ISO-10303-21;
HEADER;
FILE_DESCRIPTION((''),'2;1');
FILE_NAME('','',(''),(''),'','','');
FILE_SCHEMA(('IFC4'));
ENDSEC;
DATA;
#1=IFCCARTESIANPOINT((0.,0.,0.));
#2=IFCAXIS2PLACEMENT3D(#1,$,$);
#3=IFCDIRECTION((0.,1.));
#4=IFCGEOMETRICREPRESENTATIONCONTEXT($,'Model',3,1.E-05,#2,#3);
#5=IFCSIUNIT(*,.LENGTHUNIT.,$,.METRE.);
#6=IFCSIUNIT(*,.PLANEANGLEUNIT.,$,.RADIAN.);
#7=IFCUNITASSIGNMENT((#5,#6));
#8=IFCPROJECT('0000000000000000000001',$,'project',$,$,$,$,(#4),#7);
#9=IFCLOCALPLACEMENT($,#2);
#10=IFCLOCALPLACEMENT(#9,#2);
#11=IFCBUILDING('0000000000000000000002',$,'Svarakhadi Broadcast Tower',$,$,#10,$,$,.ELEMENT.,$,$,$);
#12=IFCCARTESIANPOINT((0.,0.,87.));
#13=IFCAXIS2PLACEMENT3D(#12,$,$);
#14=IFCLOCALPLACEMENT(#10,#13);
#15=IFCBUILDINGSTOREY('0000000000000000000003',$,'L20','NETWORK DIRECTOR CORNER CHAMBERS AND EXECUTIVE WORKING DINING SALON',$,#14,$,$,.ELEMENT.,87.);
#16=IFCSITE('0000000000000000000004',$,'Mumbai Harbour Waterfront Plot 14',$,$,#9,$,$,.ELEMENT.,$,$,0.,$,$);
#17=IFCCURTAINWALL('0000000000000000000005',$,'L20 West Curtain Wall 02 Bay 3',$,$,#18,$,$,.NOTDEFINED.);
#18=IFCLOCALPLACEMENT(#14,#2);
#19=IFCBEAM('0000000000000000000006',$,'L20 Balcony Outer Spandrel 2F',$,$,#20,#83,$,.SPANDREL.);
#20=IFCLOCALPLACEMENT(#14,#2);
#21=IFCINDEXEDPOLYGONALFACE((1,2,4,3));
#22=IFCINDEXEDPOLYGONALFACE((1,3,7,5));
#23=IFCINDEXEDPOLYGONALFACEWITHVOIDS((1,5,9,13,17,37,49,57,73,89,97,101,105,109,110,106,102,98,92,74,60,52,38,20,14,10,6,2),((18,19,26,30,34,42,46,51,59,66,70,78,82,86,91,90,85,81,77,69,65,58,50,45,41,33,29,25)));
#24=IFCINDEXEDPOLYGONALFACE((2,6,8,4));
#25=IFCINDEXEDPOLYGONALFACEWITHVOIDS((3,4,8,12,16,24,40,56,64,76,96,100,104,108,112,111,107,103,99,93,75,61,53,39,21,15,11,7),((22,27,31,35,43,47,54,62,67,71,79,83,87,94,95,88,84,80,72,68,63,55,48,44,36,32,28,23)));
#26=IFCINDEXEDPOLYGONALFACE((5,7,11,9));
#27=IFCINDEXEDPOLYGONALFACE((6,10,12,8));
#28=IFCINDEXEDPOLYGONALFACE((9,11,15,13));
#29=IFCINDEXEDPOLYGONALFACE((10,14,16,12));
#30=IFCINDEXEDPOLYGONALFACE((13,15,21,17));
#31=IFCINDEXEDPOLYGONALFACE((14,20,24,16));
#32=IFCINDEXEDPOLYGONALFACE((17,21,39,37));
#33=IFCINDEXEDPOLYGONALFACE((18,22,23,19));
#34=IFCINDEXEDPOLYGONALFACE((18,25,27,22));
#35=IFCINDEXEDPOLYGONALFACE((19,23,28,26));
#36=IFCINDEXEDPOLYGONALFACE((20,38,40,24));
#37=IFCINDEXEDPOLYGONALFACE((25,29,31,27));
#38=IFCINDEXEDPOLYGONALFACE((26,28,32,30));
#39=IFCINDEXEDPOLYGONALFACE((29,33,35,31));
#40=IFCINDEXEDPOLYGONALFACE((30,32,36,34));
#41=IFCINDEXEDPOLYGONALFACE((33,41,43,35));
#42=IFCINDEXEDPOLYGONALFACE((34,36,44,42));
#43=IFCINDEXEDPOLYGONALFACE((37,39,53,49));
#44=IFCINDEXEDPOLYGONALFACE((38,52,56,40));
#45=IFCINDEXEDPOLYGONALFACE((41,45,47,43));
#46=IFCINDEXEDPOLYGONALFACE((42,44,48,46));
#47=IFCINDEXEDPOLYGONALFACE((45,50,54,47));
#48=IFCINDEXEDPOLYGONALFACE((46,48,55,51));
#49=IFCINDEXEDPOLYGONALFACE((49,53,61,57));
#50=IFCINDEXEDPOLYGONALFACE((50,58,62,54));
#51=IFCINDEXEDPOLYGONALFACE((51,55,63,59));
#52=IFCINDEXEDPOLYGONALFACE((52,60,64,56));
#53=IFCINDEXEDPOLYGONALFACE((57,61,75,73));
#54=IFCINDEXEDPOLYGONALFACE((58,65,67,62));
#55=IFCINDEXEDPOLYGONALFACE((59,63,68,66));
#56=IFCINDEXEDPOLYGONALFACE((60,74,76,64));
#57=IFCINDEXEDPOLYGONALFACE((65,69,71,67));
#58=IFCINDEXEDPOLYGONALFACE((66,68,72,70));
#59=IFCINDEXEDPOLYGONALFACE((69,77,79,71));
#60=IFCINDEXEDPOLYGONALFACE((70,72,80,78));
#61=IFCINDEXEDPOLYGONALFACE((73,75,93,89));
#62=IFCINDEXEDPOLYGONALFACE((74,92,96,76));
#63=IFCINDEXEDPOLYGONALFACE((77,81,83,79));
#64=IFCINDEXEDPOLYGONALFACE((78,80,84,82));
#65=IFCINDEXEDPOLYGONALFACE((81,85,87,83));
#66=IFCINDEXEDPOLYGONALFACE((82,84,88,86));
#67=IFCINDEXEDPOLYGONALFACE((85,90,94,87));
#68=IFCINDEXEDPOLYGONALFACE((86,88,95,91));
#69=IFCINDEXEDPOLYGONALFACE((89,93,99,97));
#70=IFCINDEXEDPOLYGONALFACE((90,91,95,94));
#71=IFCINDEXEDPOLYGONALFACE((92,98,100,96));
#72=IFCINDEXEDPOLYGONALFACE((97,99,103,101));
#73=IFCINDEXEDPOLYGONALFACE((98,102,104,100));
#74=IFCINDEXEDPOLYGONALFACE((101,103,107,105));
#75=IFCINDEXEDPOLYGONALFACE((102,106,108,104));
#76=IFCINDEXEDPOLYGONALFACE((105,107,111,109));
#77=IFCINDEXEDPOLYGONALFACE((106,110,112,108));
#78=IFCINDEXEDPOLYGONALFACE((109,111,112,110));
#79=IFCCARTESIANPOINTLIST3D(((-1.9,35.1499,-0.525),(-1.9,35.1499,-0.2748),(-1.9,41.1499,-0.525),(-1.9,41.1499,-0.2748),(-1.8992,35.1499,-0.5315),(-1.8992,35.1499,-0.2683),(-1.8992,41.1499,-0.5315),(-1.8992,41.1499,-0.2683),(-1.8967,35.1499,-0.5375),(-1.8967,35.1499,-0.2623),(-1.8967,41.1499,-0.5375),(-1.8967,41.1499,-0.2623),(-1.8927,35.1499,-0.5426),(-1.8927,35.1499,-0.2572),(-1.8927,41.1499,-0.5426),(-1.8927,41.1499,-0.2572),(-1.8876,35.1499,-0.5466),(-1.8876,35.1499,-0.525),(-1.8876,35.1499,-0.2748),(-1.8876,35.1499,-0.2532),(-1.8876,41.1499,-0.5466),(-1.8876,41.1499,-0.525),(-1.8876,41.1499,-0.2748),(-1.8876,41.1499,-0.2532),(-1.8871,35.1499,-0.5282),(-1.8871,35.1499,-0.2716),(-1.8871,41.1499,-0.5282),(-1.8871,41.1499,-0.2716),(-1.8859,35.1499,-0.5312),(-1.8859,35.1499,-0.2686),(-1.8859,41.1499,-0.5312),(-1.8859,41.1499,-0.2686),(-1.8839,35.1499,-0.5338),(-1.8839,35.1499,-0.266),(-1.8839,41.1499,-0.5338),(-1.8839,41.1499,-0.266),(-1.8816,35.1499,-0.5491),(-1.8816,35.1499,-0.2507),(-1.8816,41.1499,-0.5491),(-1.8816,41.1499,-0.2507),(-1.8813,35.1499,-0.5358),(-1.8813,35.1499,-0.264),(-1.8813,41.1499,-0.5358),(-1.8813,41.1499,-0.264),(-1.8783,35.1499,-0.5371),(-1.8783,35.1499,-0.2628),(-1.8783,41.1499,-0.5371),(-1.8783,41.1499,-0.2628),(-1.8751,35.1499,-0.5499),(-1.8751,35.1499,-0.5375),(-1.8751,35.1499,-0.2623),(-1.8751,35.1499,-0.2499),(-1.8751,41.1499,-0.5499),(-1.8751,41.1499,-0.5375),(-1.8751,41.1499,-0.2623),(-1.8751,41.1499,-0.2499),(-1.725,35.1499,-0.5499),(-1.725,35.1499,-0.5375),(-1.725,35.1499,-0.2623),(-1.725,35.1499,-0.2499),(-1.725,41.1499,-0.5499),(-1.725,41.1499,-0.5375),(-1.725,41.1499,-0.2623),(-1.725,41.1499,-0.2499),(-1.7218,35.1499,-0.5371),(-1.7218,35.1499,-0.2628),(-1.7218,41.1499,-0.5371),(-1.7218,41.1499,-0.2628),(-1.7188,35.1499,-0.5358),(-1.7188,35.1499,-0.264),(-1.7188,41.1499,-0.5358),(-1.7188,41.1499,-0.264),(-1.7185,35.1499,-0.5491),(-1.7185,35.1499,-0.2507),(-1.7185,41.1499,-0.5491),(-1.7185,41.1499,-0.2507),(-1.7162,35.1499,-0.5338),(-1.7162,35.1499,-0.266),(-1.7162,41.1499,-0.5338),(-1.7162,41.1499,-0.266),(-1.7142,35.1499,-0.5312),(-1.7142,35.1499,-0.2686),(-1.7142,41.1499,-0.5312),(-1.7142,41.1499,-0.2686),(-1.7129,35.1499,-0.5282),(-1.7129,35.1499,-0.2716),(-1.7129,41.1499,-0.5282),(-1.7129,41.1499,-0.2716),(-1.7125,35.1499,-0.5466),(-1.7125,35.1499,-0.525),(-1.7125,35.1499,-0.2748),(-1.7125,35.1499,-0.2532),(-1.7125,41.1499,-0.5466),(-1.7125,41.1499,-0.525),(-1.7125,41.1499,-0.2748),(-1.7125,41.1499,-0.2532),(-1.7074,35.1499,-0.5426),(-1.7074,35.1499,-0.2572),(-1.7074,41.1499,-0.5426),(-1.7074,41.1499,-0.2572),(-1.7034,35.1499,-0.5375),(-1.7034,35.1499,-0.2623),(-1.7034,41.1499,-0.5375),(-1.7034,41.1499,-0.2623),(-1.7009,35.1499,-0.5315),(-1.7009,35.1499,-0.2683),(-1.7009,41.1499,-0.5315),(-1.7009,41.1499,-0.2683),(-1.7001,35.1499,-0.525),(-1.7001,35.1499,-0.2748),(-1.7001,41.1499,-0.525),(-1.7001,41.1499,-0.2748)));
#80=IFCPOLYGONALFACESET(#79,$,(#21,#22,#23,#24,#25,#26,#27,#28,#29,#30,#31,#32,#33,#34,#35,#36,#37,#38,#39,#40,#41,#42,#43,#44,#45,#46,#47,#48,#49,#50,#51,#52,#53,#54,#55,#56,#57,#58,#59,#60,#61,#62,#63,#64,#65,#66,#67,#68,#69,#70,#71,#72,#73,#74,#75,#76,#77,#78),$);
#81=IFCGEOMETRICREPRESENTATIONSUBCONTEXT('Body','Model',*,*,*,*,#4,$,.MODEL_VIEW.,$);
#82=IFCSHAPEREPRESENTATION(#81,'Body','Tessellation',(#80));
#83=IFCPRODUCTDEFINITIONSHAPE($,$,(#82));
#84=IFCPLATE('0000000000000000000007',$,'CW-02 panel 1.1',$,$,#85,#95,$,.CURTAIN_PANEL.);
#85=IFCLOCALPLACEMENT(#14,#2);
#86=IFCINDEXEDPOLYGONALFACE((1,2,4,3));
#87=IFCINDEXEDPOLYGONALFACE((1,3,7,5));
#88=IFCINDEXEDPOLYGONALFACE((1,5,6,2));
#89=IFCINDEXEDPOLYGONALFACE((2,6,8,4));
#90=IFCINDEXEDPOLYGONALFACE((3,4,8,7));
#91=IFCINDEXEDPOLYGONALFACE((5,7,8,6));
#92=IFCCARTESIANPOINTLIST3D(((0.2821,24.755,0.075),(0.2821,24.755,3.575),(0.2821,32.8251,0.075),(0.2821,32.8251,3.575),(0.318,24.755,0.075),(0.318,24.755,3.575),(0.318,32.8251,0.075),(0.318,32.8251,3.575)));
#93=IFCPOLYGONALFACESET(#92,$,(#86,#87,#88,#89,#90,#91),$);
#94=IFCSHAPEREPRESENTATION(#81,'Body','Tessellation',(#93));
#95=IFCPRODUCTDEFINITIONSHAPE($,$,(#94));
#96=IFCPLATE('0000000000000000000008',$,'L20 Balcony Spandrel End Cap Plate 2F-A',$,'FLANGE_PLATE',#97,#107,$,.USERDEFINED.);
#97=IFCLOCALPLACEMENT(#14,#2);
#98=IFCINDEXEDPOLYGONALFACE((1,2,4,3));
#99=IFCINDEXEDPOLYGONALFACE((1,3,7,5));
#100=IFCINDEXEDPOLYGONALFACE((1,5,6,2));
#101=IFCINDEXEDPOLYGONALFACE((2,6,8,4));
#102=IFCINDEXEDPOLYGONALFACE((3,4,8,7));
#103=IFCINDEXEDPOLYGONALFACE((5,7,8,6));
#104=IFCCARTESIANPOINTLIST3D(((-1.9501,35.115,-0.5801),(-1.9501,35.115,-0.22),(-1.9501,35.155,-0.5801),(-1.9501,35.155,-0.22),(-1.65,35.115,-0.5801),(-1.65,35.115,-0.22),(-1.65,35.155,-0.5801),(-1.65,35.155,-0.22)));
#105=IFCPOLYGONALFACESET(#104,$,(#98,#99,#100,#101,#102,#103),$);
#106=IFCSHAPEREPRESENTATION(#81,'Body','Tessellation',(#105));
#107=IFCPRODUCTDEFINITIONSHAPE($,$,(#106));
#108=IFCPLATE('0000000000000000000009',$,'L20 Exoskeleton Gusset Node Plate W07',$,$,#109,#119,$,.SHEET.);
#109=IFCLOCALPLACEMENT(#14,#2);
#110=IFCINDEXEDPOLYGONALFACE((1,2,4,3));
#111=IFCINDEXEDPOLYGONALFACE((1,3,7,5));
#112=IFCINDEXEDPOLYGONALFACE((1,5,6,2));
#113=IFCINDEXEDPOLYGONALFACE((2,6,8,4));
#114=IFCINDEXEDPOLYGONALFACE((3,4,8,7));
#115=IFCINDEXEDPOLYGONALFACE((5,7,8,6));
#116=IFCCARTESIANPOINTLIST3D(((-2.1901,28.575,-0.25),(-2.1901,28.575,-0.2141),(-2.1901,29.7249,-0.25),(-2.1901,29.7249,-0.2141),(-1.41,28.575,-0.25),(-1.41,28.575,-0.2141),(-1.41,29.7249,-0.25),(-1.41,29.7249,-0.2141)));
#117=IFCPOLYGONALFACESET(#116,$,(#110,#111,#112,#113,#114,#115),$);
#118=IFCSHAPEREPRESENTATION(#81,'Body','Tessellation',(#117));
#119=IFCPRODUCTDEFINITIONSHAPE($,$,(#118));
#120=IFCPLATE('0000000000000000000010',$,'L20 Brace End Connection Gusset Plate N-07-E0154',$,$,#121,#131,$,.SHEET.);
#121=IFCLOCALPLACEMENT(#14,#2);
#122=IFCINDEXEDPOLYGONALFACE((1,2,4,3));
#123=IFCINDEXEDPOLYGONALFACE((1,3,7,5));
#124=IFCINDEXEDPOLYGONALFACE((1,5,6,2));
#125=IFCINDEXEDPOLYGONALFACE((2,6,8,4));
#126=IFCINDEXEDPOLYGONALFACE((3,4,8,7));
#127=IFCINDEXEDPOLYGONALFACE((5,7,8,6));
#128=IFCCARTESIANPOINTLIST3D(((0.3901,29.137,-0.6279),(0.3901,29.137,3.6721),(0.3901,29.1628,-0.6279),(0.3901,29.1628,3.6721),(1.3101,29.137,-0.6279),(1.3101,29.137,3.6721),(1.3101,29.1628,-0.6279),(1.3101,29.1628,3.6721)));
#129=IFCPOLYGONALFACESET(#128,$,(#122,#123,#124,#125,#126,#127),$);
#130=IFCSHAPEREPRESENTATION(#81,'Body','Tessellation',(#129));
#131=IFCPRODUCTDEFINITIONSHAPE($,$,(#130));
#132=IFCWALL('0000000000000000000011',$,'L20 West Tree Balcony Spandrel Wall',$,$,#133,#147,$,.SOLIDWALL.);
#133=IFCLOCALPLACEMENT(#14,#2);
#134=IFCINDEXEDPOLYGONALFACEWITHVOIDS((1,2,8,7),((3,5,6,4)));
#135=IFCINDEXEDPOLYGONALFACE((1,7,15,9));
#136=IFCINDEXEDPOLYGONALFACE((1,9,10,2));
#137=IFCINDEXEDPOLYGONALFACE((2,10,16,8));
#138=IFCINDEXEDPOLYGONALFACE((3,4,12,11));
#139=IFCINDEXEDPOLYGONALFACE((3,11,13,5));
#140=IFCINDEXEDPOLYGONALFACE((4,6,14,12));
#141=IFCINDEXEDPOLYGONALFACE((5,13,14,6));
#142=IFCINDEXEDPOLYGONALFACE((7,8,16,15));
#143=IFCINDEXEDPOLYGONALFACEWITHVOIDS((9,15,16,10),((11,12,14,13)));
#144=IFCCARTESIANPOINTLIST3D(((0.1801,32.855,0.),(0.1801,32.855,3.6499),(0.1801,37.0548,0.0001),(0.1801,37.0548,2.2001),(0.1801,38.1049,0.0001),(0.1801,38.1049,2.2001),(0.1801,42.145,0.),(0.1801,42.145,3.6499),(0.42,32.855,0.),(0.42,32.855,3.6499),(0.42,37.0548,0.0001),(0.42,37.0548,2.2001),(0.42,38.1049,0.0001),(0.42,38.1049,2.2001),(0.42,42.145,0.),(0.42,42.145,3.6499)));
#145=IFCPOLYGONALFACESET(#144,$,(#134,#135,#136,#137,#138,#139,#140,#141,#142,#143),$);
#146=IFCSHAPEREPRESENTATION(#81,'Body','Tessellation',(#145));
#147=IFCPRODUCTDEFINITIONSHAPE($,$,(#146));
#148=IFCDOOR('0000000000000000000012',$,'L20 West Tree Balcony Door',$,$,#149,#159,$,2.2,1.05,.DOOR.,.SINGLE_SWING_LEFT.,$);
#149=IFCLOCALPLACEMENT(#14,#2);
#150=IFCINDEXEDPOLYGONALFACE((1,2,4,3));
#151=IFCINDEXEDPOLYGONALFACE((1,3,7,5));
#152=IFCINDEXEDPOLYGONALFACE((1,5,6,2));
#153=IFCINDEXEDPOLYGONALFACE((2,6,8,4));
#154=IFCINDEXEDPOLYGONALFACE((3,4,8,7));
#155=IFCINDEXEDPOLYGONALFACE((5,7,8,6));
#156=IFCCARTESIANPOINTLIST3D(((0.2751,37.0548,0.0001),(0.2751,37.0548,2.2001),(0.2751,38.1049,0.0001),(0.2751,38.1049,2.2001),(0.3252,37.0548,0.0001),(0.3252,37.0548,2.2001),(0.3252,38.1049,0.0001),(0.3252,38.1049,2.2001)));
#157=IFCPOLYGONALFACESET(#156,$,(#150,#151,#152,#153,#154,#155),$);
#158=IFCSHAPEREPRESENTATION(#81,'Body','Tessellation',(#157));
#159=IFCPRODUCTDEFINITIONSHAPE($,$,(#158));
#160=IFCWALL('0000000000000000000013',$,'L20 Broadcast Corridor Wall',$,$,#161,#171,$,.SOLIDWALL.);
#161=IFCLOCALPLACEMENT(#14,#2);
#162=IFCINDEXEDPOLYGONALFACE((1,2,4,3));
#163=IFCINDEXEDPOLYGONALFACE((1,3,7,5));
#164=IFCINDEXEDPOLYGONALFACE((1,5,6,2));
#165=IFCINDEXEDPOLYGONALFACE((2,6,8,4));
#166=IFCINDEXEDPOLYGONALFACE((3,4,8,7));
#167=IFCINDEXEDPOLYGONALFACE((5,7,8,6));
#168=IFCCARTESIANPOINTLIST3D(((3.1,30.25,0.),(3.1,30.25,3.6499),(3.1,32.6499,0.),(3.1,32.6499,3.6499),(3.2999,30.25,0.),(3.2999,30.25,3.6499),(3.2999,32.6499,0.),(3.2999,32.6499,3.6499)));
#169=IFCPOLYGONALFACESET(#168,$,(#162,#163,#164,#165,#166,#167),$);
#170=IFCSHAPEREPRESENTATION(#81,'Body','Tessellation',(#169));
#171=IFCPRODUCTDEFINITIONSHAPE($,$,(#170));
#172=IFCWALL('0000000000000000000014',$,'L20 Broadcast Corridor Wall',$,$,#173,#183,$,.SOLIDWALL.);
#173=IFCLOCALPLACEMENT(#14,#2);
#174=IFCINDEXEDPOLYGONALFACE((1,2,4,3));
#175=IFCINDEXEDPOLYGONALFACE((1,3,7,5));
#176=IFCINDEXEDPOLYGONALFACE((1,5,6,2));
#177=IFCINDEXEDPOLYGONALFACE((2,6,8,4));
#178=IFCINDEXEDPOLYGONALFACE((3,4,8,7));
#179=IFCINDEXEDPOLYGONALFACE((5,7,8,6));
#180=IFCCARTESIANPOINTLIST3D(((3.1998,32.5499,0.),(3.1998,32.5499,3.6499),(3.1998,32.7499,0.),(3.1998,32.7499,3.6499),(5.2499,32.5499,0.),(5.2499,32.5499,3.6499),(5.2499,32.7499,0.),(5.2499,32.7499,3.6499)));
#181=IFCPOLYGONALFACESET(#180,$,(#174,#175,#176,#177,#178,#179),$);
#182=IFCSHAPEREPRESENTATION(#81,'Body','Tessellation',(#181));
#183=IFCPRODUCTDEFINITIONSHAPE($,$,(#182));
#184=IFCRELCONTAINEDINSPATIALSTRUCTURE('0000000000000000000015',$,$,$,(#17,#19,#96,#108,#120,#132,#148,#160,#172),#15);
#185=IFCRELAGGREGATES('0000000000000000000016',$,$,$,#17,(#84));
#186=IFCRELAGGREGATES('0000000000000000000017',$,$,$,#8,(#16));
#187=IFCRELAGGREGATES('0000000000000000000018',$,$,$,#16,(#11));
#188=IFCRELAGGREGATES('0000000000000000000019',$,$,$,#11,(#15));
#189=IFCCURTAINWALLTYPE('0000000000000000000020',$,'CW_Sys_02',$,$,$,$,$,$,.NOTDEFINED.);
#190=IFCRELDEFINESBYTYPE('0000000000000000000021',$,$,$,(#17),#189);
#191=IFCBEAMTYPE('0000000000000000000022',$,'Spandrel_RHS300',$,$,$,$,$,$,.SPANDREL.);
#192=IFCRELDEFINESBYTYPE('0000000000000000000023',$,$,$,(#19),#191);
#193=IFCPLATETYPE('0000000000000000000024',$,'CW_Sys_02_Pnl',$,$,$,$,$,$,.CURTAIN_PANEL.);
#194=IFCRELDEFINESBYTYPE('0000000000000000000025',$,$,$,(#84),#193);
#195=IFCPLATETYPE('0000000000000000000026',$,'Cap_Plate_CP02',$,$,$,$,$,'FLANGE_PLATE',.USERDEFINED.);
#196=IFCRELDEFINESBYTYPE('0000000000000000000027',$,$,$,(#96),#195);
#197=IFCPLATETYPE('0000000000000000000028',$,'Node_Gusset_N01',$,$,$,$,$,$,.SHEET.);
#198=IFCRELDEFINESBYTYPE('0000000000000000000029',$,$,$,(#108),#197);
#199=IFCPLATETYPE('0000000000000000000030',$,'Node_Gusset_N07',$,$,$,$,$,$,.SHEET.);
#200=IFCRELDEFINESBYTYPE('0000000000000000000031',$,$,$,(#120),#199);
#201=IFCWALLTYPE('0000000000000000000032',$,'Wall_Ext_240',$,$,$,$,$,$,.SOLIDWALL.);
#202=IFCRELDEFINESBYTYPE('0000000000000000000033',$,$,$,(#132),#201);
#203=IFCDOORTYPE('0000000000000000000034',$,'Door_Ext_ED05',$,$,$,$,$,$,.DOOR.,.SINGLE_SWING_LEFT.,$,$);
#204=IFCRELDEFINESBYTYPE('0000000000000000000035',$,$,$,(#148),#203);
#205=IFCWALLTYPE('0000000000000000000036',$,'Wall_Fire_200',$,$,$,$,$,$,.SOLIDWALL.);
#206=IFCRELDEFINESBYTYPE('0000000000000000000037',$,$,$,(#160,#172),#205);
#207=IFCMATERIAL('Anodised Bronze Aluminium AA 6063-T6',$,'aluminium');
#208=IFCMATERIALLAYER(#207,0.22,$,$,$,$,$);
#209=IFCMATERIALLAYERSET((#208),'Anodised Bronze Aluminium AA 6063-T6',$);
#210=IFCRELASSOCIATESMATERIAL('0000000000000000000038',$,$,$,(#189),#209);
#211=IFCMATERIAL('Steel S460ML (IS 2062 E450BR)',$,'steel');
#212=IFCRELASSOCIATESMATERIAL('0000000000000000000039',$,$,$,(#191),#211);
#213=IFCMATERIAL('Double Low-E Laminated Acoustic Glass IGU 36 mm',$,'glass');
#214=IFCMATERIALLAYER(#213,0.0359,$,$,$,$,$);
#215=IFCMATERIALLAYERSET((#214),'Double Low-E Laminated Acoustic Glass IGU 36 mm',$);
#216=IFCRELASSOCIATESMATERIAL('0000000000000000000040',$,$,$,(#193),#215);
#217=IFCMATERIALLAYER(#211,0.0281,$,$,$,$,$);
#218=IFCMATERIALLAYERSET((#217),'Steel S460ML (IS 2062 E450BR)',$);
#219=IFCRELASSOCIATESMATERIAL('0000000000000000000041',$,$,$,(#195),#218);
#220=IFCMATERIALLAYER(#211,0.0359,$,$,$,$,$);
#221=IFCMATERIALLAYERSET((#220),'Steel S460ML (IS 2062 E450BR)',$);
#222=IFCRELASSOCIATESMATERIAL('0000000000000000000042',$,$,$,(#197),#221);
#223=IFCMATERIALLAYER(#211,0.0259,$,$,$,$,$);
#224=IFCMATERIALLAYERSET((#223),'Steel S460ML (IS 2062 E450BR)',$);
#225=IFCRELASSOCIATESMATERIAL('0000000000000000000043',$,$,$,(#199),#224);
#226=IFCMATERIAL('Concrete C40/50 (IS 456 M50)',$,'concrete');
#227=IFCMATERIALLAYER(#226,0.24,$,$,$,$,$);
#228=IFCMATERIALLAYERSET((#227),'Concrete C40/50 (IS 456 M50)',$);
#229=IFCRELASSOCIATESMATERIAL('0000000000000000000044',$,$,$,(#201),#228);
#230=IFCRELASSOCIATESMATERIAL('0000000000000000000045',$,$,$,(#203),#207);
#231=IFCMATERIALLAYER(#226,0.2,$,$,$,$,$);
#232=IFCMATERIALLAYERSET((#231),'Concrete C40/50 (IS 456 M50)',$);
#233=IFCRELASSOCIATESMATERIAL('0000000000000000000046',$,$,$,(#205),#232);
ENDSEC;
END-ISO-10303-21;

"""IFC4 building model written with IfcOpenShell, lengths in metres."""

from ifc_helpers import new_model, si_unit, direction, frame, frame_2d, origin, origin_2d, place, context, subcontext, project, spatial, rectangle, hollow_rectangle, extrude, material, layer, layer_set, material_profile, profile_set, type_object, element, fill, aggregate, save


model = new_model("IFC4")

# Units and contexts
model_context = context("Model", 3, precision=1e-05, world=origin(), true_north=direction((0.0, 1.0)))
body_context = subcontext(model_context, "Body", "Model", "MODEL_VIEW")
ifc_project = project(units=[si_unit("LENGTHUNIT", "METRE"), si_unit("PLANEANGLEUNIT", "RADIAN")], contexts=[model_context])

# Site, building, storey
site_placement = place(None, origin())
site = spatial("IfcSite", under=ifc_project, at=site_placement, Name="Mumbai Harbour Waterfront Plot 14", CompositionType="ELEMENT", RefElevation=0.0)
building_placement = place(site_placement, origin())
building = spatial("IfcBuilding", under=site, at=building_placement, Name="Svarakhadi Broadcast Tower", CompositionType="ELEMENT")
storey_placement = place(building_placement, frame((0.0, 0.0, 87.0)))
storey = spatial("IfcBuildingStorey", under=building, at=storey_placement, Name="L20", Description="NETWORK DIRECTOR CORNER CHAMBERS AND EXECUTIVE WORKING DINING SALON", CompositionType="ELEMENT", Elevation=87.0)

# Shared definitions
ifc_material_1 = material(Name="Steel S460ML (IS 2062 E450BR)", Category="steel")

# Curtain wall
ifc_material_2 = material(Name="Anodised Bronze Aluminium AA 6063-T6", Category="aluminium")
ifc_layer_1 = layer(ifc_material_2, 0.22)
ifc_layer_set_1 = layer_set([ifc_layer_1], Name="Anodised Bronze Aluminium AA 6063-T6")
curtain_wall_type = type_object("IfcCurtainWallType", Name="CW_Sys_02", PredefinedType="NOTDEFINED", material=ifc_layer_set_1)
curtain_wall_placement = place(storey_placement, origin())
curtain_wall = element("IfcCurtainWall", 1, at=curtain_wall_placement, inside=storey, type_object=curtain_wall_type, Name="L20 West Curtain Wall 02 Bay 3", PredefinedType="NOTDEFINED")

# Beam
ifc_material_profile_1 = material_profile(ifc_material_1, hollow_rectangle(XDim=0.2, YDim=0.3, WallThickness=0.0125, InnerFilletRadius=0.0125, OuterFilletRadius=0.0249, at=origin_2d()), Name="RHS 300x200x12.5")
ifc_profile_set_1 = profile_set([ifc_material_profile_1], Name="Steel S460ML (IS 2062 E450BR)")
beam_type_1 = type_object("IfcBeamType", Name="Spandrel_RHS300", PredefinedType="SPANDREL", material=ifc_profile_set_1)
beam_1_placement = place(storey_placement, frame((-1.8, 35.1499, -0.3999), z_axis=(0.0, 1.0, 0.0), x_axis=(-1.0, 0.0, 0.0)))
element("IfcBeam", 2, at=beam_1_placement, inside=storey, type_object=beam_type_1, Name="L20 Balcony Outer Spandrel 2F", PredefinedType="SPANDREL", context=body_context, shape_type="SweptSolid", body=[
    extrude(hollow_rectangle(XDim=0.2, YDim=0.3, WallThickness=0.0125, InnerFilletRadius=0.0125, OuterFilletRadius=0.0249, at=origin_2d()), origin(), (0.0, 0.0, 1.0), 6.0),
])

# Plate
ifc_material_3 = material(Name="Double Low-E Laminated Acoustic Glass IGU 36 mm", Category="glass")
ifc_layer_2 = layer(ifc_material_3, 0.0359)
ifc_layer_set_2 = layer_set([ifc_layer_2], Name="Double Low-E Laminated Acoustic Glass IGU 36 mm")
plate_type_1 = type_object("IfcPlateType", Name="CW_Sys_02_Pnl", PredefinedType="CURTAIN_PANEL", material=ifc_layer_set_2)
plate_1_placement = place(storey_placement, frame((0.3, 28.79, 0.075), z_axis=(0.0, 0.0, 1.0), x_axis=(0.0, 1.0, 0.0)))
plate_1 = element("IfcPlate", 3, at=plate_1_placement, type_object=plate_type_1, Name="CW-02 panel 1.1", PredefinedType="CURTAIN_PANEL", context=body_context, shape_type="SweptSolid", body=[
    extrude(rectangle(XDim=8.0701, YDim=0.0359, at=origin_2d()), origin(), (0.0, 0.0, 1.0), 3.5),
])
aggregate(curtain_wall, [plate_1])

# Plates
ifc_layer_3 = layer(ifc_material_1, 0.0281)
ifc_layer_set_3 = layer_set([ifc_layer_3], Name="Steel S460ML (IS 2062 E450BR)")
plate_type_2 = type_object("IfcPlateType", Name="Cap_Plate_CP02", ElementType="FLANGE_PLATE", PredefinedType="USERDEFINED", material=ifc_layer_set_3)
plate_2_placement = place(storey_placement, frame((-1.8, 35.135, -0.5801), z_axis=(0.0, 0.0, 1.0), x_axis=(1.0, 0.0, 0.0)))
element("IfcPlate", 4, at=plate_2_placement, inside=storey, type_object=plate_type_2, Name="L20 Balcony Spandrel End Cap Plate 2F-A", ObjectType="FLANGE_PLATE", PredefinedType="USERDEFINED", context=body_context, shape_type="SweptSolid", body=[
    extrude(rectangle(XDim=0.3, YDim=0.04, at=origin_2d()), origin(), (0.0, 0.0, 1.0), 0.3601),
])
ifc_layer_4 = layer(ifc_material_1, 0.0359)
ifc_layer_set_4 = layer_set([ifc_layer_4], Name="Steel S460ML (IS 2062 E450BR)")
plate_type_3 = type_object("IfcPlateType", Name="Node_Gusset_N01", PredefinedType="SHEET", material=ifc_layer_set_4)
plate_3_placement = place(storey_placement, frame((-1.8, 29.1499, -0.25), z_axis=(0.0, 0.0, 1.0), x_axis=(0.0, 1.0, 0.0)))
element("IfcPlate", 5, at=plate_3_placement, inside=storey, type_object=plate_type_3, Name="L20 Exoskeleton Gusset Node Plate W07", PredefinedType="SHEET", context=body_context, shape_type="SweptSolid", body=[
    extrude(rectangle(XDim=1.1499, YDim=0.78, at=origin_2d()), origin(), (0.0, 0.0, 1.0), 0.0359),
])
ifc_layer_5 = layer(ifc_material_1, 0.0259)
ifc_layer_set_5 = layer_set([ifc_layer_5], Name="Steel S460ML (IS 2062 E450BR)")
plate_type_4 = type_object("IfcPlateType", Name="Node_Gusset_N07", PredefinedType="SHEET", material=ifc_layer_set_5)
plate_4_placement = place(storey_placement, frame((0.8501, 29.1499, -0.6279), z_axis=(0.0, 0.0, 1.0), x_axis=(1.0, 0.0, 0.0)))
element("IfcPlate", 6, at=plate_4_placement, inside=storey, type_object=plate_type_4, Name="L20 Brace End Connection Gusset Plate N-07-E0154", PredefinedType="SHEET", context=body_context, shape_type="SweptSolid", body=[
    extrude(rectangle(XDim=0.9199, YDim=0.0259, at=origin_2d()), origin(), (0.0, 0.0, 1.0), 4.3),
])

# Wall, opening, door
ifc_material_4 = material(Name="Concrete C40/50 (IS 456 M50)", Category="concrete")
ifc_layer_6 = layer(ifc_material_4, 0.24)
ifc_layer_set_6 = layer_set([ifc_layer_6], Name="Concrete C40/50 (IS 456 M50)")
wall_type_1 = type_object("IfcWallType", Name="Wall_Ext_240", PredefinedType="SOLIDWALL", material=ifc_layer_set_6)
wall_1_placement = place(storey_placement, frame((0.3, 32.855, 0.0), z_axis=(0.0, 0.0, 1.0), x_axis=(0.0, 1.0, 0.0)))
wall_1 = element("IfcWall", 7, at=wall_1_placement, inside=storey, type_object=wall_type_1, Name="L20 West Tree Balcony Spandrel Wall", PredefinedType="SOLIDWALL", context=body_context, shape_type="SweptSolid", body=[
    extrude(rectangle(XDim=9.29, YDim=0.24, at=frame_2d((4.645, 0.0))), origin(), (0.0, 0.0, 1.0), 3.6499),
])
opening_1_placement = place(wall_1_placement, frame((4.2, 0.0, 0.0)))
opening_1 = element("IfcOpeningElement", 8, at=opening_1_placement, cuts=wall_1, PredefinedType="OPENING", context=body_context, shape_type="SweptSolid", body=[
    extrude(rectangle(XDim=1.05, YDim=2.2, at=frame_2d((0.5249, 1.1001))), frame((0.0, 0.1299, 0.0), z_axis=(0.0, -1.0, 0.0), x_axis=(1.0, 0.0, 0.0)), (0.0, 0.0, 1.0), 0.26),
])
door_type_1 = type_object("IfcDoorType", Name="Door_Ext_ED05", OperationType="SINGLE_SWING_LEFT", PredefinedType="DOOR", material=ifc_material_2)
door_1_placement = place(opening_1_placement, origin())
door_1 = element("IfcDoor", 9, at=door_1_placement, inside=storey, type_object=door_type_1, Name="L20 West Tree Balcony Door", OperationType="SINGLE_SWING_LEFT", OverallHeight=2.2, OverallWidth=1.05, PredefinedType="DOOR", context=body_context, shape_type="SweptSolid", body=[
    extrude(rectangle(XDim=1.05, YDim=2.2, at=frame_2d((0.5249, 1.1001))), frame((0.0, 0.0249, 0.0), z_axis=(0.0, -1.0, 0.0), x_axis=(1.0, 0.0, 0.0)), (0.0, 0.0, 1.0), 0.05),
])
fill(opening_1, door_1)

# Walls
ifc_layer_7 = layer(ifc_material_4, 0.2)
ifc_layer_set_7 = layer_set([ifc_layer_7], Name="Concrete C40/50 (IS 456 M50)")
wall_type_2 = type_object("IfcWallType", Name="Wall_Fire_200", PredefinedType="SOLIDWALL", material=ifc_layer_set_7)
wall_2_placement = place(storey_placement, frame((3.2, 30.25, 0.0), z_axis=(0.0, 0.0, 1.0), x_axis=(0.0, 1.0, 0.0)))
element("IfcWall", 10, at=wall_2_placement, inside=storey, type_object=wall_type_2, Name="L20 Broadcast Corridor Wall", PredefinedType="SOLIDWALL", context=body_context, shape_type="SweptSolid", body=[
    extrude(rectangle(XDim=2.3999, YDim=0.2, at=frame_2d((1.2, 0.0))), origin(), (0.0, 0.0, 1.0), 3.6499),
])
wall_3_placement = place(storey_placement, frame((3.2, 32.6499, 0.0), z_axis=(0.0, 0.0, 1.0), x_axis=(1.0, 0.0, 0.0)))
element("IfcWall", 11, at=wall_3_placement, inside=storey, type_object=wall_type_2, Name="L20 Broadcast Corridor Wall", PredefinedType="SOLIDWALL", context=body_context, shape_type="SweptSolid", body=[
    extrude(rectangle(XDim=2.05, YDim=0.2, at=frame_2d((1.0249, 0.0))), origin(), (0.0, 0.0, 1.0), 3.6499),
])

save(model, "model.ifc")
